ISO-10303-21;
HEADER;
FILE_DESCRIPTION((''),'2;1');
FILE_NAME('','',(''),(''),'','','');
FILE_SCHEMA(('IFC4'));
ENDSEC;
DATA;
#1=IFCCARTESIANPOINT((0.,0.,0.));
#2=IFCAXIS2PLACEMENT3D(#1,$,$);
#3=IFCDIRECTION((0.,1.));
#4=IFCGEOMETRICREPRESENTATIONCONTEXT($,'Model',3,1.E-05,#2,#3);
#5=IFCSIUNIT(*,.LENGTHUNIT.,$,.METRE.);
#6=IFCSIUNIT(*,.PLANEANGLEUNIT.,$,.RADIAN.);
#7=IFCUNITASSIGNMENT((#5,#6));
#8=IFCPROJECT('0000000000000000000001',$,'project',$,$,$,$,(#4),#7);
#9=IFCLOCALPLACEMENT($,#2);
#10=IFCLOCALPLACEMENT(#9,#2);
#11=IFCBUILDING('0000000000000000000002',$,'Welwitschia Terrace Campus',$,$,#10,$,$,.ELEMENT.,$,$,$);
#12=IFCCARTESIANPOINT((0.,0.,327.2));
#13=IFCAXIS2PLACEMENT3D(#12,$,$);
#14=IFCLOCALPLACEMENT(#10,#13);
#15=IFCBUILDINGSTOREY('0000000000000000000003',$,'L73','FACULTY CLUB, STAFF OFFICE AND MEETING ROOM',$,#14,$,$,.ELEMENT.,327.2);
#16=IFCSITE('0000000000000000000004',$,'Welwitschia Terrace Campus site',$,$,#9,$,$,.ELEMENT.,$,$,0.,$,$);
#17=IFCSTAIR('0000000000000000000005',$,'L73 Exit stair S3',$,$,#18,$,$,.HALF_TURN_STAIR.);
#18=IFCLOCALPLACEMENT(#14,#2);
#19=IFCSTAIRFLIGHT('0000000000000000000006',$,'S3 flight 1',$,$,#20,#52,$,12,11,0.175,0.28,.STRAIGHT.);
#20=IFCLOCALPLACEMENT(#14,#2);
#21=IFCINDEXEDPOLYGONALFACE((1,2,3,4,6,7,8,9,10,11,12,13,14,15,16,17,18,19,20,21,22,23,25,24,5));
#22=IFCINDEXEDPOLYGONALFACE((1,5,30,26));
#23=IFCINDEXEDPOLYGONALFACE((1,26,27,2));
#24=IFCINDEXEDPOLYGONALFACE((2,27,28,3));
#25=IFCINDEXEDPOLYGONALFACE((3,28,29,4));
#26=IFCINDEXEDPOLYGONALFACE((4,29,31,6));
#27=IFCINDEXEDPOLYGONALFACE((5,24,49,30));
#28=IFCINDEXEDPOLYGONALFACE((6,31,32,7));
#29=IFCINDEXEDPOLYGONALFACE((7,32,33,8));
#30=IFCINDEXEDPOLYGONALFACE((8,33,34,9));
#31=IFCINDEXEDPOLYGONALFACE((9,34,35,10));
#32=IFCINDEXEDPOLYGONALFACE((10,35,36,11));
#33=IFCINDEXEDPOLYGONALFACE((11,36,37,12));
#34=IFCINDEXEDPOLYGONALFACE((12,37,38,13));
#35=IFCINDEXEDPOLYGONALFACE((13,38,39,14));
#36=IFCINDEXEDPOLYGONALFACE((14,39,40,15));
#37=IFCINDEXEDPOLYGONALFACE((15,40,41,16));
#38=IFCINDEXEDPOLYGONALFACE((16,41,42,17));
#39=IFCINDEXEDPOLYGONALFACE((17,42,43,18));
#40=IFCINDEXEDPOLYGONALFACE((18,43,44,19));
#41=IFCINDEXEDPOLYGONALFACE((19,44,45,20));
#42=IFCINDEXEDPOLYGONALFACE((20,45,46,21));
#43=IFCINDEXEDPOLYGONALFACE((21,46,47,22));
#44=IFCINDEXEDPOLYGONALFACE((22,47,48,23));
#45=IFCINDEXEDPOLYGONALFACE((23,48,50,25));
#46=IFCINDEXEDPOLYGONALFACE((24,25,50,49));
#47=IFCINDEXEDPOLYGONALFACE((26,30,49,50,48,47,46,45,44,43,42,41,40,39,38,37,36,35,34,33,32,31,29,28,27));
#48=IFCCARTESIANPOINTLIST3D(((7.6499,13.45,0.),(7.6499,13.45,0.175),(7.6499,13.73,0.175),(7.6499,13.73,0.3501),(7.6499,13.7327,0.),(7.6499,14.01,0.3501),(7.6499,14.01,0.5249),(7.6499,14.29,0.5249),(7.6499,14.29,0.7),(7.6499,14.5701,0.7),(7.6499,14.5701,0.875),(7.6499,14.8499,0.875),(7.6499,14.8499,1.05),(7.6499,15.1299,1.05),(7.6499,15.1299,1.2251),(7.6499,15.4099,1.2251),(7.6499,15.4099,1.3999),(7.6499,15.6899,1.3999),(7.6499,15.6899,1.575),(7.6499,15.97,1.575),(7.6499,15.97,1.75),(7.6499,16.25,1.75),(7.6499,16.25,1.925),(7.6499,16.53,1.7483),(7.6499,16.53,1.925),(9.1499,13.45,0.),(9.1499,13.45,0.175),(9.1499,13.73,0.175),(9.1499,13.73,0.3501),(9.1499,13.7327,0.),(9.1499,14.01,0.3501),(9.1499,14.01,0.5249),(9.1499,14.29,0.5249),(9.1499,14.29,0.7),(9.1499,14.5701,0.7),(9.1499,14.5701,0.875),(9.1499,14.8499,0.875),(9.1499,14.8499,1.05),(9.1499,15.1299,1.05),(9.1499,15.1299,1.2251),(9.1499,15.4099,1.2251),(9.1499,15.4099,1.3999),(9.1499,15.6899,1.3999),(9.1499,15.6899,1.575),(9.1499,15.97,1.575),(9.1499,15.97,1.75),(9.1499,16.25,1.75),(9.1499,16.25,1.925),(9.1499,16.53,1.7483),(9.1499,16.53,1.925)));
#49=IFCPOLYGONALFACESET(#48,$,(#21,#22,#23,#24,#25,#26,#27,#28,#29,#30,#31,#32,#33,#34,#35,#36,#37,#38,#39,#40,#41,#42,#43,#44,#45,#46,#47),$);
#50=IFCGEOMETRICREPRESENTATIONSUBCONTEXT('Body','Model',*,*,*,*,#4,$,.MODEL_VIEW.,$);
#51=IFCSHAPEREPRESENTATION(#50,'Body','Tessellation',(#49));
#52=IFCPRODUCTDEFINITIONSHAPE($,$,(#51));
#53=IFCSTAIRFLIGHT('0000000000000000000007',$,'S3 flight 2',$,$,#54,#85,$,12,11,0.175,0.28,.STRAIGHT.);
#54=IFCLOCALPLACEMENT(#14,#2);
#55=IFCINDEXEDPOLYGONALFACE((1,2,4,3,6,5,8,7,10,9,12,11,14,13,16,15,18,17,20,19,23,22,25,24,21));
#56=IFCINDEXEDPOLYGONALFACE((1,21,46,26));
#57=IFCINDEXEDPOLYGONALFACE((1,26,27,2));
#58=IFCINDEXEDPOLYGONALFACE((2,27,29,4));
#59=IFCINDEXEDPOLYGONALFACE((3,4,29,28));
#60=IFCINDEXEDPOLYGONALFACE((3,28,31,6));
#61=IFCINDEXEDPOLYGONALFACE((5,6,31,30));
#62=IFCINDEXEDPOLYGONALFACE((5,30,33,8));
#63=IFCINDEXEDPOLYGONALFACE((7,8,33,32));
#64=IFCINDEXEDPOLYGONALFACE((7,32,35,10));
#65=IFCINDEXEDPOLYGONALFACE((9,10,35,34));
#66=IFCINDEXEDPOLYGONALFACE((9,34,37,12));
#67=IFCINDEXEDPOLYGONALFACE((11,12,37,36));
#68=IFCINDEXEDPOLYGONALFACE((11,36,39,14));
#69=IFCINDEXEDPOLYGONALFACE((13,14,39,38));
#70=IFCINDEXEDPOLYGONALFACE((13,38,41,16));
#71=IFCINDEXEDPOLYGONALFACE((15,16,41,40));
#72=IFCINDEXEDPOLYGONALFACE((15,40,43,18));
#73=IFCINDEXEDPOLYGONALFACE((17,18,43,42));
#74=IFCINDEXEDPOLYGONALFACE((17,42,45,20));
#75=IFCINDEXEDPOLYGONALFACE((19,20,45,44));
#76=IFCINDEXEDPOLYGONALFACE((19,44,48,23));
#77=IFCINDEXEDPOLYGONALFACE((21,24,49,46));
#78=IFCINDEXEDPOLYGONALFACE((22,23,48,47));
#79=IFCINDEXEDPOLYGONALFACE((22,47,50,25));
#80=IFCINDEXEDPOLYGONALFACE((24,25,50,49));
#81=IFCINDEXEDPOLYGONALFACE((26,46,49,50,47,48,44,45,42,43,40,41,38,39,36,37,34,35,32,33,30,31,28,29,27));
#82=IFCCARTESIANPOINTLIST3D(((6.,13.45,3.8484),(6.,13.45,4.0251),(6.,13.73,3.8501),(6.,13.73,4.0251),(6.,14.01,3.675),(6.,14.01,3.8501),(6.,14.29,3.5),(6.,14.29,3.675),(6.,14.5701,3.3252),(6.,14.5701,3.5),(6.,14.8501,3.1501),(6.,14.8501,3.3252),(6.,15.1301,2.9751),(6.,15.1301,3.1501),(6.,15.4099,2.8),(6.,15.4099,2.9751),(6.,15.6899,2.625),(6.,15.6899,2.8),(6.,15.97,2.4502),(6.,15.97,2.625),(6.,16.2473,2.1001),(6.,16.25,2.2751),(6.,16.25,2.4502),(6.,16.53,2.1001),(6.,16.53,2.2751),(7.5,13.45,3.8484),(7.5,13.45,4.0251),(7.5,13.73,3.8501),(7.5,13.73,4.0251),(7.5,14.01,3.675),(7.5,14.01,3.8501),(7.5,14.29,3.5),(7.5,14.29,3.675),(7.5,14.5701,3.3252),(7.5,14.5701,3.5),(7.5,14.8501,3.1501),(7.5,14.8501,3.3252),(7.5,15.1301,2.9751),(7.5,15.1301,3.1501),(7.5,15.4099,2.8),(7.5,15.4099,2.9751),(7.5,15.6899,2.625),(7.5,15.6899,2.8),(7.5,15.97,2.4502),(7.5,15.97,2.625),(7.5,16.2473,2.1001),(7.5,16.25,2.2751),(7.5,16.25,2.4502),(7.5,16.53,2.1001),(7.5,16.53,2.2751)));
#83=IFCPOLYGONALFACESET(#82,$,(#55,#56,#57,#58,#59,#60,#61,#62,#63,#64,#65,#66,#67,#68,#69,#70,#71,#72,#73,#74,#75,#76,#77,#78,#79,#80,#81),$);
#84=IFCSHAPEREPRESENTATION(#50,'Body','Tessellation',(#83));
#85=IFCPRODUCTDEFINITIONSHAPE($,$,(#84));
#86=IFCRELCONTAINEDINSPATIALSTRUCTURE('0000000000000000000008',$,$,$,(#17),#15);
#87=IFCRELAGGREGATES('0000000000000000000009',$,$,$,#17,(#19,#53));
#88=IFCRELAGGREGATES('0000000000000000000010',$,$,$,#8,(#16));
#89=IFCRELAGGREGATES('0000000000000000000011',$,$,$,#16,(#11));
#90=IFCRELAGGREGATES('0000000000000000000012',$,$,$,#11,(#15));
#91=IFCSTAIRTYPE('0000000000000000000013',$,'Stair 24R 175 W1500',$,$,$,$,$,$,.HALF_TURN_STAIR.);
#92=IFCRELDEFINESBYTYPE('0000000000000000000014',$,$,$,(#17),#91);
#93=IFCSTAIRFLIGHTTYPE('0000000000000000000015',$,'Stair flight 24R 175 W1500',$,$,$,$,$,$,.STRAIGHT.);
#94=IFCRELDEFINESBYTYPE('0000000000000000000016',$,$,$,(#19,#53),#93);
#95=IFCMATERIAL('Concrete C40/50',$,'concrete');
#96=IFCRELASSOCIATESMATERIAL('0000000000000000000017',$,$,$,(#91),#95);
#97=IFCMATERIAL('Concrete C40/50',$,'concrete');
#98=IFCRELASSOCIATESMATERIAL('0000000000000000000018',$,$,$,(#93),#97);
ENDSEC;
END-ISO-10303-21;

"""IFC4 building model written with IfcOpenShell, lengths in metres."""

from ifc_helpers import new_model, si_unit, direction, frame, origin, place, context, subcontext, project, spatial, polyline, outline, extrude, material, type_object, element, aggregate, save


model = new_model("IFC4")

# Units and contexts
model_context = context("Model", 3, precision=1e-05, world=origin(), true_north=direction((0.0, 1.0)))
body_context = subcontext(model_context, "Body", "Model", "MODEL_VIEW")
ifc_project = project(units=[si_unit("LENGTHUNIT", "METRE"), si_unit("PLANEANGLEUNIT", "RADIAN")], contexts=[model_context])

# Site, building, storey
site_placement = place(None, origin())
site = spatial("IfcSite", under=ifc_project, at=site_placement, Name="Welwitschia Terrace Campus site", CompositionType="ELEMENT", RefElevation=0.0)
building_placement = place(site_placement, origin())
building = spatial("IfcBuilding", under=site, at=building_placement, Name="Welwitschia Terrace Campus", CompositionType="ELEMENT")
storey_placement = place(building_placement, frame((0.0, 0.0, 327.2)))
storey = spatial("IfcBuildingStorey", under=building, at=storey_placement, Name="L73", Description="FACULTY CLUB, STAFF OFFICE AND MEETING ROOM", CompositionType="ELEMENT", Elevation=327.2)

# Stair, stair flights
ifc_material_1 = material(Name="Concrete C40/50", Category="concrete")
stair_type = type_object("IfcStairType", Name="Stair 24R 175 W1500", PredefinedType="HALF_TURN_STAIR", material=ifc_material_1)
stair_placement = place(storey_placement, origin())
stair = element("IfcStair", 1, at=stair_placement, inside=storey, type_object=stair_type, Name="L73 Exit stair S3", PredefinedType="HALF_TURN_STAIR")
ifc_material_2 = material(Name="Concrete C40/50", Category="concrete")
stair_flight_type = type_object("IfcStairFlightType", Name="Stair flight 24R 175 W1500", PredefinedType="STRAIGHT", material=ifc_material_2)
stair_flight_1_placement = place(storey_placement, frame((8.3999, 13.45, 0.0), z_axis=(0.0, 0.0, 1.0), x_axis=(0.0, 1.0, 0.0)))
stair_flight_1 = element("IfcStairFlight", 2, at=stair_flight_1_placement, type_object=stair_flight_type, Name="S3 flight 1", NumberOfRisers=12, NumberOfTreads=11, PredefinedType="STRAIGHT", RiserHeight=0.175, TreadLength=0.28, context=body_context, shape_type="SweptSolid", body=[
    extrude(outline(polyline([(0.0, 0.0), (0.0, 0.175), (0.28, 0.175), (0.28, 0.3501), (0.5601, 0.3501), (0.5601, 0.5249), (0.8401, 0.5249), (0.8401, 0.7), (1.1201, 0.7), (1.1201, 0.875), (1.3999, 0.875), (1.3999, 1.05), (1.6799, 1.05), (1.6799, 1.2251), (1.96, 1.2251), (1.96, 1.3999), (2.24, 1.3999), (2.24, 1.575), (2.52, 1.575), (2.52, 1.75), (2.8, 1.75), (2.8, 1.925), (3.0801, 1.925), (3.0801, 2.1001), (3.0801, 1.7483), (0.2827, 0.0), (0.0, 0.0)])), frame((0.0, 0.75, 0.0), z_axis=(0.0, -1.0, 0.0), x_axis=(1.0, 0.0, 0.0)), (0.0, 0.0, 1.0), 1.5),
])
stair_flight_2_placement = place(storey_placement, frame((6.75, 16.53, 2.1001), z_axis=(0.0, 0.0, 1.0), x_axis=(0.0, -1.0, 0.0)))
stair_flight_2 = element("IfcStairFlight", 3, at=stair_flight_2_placement, type_object=stair_flight_type, Name="S3 flight 2", NumberOfRisers=12, NumberOfTreads=11, PredefinedType="STRAIGHT", RiserHeight=0.175, TreadLength=0.28, context=body_context, shape_type="SweptSolid", body=[
    extrude(outline(polyline([(0.0, 0.0), (0.0, 0.175), (0.28, 0.175), (0.28, 0.3501), (0.5601, 0.3501), (0.5601, 0.5249), (0.8401, 0.5249), (0.8401, 0.7), (1.1201, 0.7), (1.1201, 0.875), (1.3999, 0.875), (1.3999, 1.05), (1.6799, 1.05), (1.6799, 1.2251), (1.96, 1.2251), (1.96, 1.3999), (2.24, 1.3999), (2.24, 1.575), (2.52, 1.575), (2.52, 1.75), (2.8, 1.75), (2.8, 1.925), (3.0801, 1.925), (3.0801, 2.1001), (3.0801, 1.7483), (0.2827, 0.0), (0.0, 0.0)])), frame((0.0, 0.75, 0.0), z_axis=(0.0, -1.0, 0.0), x_axis=(1.0, 0.0, 0.0)), (0.0, 0.0, 1.0), 1.5),
])
aggregate(stair, [stair_flight_1, stair_flight_2])

save(model, "model.ifc")
